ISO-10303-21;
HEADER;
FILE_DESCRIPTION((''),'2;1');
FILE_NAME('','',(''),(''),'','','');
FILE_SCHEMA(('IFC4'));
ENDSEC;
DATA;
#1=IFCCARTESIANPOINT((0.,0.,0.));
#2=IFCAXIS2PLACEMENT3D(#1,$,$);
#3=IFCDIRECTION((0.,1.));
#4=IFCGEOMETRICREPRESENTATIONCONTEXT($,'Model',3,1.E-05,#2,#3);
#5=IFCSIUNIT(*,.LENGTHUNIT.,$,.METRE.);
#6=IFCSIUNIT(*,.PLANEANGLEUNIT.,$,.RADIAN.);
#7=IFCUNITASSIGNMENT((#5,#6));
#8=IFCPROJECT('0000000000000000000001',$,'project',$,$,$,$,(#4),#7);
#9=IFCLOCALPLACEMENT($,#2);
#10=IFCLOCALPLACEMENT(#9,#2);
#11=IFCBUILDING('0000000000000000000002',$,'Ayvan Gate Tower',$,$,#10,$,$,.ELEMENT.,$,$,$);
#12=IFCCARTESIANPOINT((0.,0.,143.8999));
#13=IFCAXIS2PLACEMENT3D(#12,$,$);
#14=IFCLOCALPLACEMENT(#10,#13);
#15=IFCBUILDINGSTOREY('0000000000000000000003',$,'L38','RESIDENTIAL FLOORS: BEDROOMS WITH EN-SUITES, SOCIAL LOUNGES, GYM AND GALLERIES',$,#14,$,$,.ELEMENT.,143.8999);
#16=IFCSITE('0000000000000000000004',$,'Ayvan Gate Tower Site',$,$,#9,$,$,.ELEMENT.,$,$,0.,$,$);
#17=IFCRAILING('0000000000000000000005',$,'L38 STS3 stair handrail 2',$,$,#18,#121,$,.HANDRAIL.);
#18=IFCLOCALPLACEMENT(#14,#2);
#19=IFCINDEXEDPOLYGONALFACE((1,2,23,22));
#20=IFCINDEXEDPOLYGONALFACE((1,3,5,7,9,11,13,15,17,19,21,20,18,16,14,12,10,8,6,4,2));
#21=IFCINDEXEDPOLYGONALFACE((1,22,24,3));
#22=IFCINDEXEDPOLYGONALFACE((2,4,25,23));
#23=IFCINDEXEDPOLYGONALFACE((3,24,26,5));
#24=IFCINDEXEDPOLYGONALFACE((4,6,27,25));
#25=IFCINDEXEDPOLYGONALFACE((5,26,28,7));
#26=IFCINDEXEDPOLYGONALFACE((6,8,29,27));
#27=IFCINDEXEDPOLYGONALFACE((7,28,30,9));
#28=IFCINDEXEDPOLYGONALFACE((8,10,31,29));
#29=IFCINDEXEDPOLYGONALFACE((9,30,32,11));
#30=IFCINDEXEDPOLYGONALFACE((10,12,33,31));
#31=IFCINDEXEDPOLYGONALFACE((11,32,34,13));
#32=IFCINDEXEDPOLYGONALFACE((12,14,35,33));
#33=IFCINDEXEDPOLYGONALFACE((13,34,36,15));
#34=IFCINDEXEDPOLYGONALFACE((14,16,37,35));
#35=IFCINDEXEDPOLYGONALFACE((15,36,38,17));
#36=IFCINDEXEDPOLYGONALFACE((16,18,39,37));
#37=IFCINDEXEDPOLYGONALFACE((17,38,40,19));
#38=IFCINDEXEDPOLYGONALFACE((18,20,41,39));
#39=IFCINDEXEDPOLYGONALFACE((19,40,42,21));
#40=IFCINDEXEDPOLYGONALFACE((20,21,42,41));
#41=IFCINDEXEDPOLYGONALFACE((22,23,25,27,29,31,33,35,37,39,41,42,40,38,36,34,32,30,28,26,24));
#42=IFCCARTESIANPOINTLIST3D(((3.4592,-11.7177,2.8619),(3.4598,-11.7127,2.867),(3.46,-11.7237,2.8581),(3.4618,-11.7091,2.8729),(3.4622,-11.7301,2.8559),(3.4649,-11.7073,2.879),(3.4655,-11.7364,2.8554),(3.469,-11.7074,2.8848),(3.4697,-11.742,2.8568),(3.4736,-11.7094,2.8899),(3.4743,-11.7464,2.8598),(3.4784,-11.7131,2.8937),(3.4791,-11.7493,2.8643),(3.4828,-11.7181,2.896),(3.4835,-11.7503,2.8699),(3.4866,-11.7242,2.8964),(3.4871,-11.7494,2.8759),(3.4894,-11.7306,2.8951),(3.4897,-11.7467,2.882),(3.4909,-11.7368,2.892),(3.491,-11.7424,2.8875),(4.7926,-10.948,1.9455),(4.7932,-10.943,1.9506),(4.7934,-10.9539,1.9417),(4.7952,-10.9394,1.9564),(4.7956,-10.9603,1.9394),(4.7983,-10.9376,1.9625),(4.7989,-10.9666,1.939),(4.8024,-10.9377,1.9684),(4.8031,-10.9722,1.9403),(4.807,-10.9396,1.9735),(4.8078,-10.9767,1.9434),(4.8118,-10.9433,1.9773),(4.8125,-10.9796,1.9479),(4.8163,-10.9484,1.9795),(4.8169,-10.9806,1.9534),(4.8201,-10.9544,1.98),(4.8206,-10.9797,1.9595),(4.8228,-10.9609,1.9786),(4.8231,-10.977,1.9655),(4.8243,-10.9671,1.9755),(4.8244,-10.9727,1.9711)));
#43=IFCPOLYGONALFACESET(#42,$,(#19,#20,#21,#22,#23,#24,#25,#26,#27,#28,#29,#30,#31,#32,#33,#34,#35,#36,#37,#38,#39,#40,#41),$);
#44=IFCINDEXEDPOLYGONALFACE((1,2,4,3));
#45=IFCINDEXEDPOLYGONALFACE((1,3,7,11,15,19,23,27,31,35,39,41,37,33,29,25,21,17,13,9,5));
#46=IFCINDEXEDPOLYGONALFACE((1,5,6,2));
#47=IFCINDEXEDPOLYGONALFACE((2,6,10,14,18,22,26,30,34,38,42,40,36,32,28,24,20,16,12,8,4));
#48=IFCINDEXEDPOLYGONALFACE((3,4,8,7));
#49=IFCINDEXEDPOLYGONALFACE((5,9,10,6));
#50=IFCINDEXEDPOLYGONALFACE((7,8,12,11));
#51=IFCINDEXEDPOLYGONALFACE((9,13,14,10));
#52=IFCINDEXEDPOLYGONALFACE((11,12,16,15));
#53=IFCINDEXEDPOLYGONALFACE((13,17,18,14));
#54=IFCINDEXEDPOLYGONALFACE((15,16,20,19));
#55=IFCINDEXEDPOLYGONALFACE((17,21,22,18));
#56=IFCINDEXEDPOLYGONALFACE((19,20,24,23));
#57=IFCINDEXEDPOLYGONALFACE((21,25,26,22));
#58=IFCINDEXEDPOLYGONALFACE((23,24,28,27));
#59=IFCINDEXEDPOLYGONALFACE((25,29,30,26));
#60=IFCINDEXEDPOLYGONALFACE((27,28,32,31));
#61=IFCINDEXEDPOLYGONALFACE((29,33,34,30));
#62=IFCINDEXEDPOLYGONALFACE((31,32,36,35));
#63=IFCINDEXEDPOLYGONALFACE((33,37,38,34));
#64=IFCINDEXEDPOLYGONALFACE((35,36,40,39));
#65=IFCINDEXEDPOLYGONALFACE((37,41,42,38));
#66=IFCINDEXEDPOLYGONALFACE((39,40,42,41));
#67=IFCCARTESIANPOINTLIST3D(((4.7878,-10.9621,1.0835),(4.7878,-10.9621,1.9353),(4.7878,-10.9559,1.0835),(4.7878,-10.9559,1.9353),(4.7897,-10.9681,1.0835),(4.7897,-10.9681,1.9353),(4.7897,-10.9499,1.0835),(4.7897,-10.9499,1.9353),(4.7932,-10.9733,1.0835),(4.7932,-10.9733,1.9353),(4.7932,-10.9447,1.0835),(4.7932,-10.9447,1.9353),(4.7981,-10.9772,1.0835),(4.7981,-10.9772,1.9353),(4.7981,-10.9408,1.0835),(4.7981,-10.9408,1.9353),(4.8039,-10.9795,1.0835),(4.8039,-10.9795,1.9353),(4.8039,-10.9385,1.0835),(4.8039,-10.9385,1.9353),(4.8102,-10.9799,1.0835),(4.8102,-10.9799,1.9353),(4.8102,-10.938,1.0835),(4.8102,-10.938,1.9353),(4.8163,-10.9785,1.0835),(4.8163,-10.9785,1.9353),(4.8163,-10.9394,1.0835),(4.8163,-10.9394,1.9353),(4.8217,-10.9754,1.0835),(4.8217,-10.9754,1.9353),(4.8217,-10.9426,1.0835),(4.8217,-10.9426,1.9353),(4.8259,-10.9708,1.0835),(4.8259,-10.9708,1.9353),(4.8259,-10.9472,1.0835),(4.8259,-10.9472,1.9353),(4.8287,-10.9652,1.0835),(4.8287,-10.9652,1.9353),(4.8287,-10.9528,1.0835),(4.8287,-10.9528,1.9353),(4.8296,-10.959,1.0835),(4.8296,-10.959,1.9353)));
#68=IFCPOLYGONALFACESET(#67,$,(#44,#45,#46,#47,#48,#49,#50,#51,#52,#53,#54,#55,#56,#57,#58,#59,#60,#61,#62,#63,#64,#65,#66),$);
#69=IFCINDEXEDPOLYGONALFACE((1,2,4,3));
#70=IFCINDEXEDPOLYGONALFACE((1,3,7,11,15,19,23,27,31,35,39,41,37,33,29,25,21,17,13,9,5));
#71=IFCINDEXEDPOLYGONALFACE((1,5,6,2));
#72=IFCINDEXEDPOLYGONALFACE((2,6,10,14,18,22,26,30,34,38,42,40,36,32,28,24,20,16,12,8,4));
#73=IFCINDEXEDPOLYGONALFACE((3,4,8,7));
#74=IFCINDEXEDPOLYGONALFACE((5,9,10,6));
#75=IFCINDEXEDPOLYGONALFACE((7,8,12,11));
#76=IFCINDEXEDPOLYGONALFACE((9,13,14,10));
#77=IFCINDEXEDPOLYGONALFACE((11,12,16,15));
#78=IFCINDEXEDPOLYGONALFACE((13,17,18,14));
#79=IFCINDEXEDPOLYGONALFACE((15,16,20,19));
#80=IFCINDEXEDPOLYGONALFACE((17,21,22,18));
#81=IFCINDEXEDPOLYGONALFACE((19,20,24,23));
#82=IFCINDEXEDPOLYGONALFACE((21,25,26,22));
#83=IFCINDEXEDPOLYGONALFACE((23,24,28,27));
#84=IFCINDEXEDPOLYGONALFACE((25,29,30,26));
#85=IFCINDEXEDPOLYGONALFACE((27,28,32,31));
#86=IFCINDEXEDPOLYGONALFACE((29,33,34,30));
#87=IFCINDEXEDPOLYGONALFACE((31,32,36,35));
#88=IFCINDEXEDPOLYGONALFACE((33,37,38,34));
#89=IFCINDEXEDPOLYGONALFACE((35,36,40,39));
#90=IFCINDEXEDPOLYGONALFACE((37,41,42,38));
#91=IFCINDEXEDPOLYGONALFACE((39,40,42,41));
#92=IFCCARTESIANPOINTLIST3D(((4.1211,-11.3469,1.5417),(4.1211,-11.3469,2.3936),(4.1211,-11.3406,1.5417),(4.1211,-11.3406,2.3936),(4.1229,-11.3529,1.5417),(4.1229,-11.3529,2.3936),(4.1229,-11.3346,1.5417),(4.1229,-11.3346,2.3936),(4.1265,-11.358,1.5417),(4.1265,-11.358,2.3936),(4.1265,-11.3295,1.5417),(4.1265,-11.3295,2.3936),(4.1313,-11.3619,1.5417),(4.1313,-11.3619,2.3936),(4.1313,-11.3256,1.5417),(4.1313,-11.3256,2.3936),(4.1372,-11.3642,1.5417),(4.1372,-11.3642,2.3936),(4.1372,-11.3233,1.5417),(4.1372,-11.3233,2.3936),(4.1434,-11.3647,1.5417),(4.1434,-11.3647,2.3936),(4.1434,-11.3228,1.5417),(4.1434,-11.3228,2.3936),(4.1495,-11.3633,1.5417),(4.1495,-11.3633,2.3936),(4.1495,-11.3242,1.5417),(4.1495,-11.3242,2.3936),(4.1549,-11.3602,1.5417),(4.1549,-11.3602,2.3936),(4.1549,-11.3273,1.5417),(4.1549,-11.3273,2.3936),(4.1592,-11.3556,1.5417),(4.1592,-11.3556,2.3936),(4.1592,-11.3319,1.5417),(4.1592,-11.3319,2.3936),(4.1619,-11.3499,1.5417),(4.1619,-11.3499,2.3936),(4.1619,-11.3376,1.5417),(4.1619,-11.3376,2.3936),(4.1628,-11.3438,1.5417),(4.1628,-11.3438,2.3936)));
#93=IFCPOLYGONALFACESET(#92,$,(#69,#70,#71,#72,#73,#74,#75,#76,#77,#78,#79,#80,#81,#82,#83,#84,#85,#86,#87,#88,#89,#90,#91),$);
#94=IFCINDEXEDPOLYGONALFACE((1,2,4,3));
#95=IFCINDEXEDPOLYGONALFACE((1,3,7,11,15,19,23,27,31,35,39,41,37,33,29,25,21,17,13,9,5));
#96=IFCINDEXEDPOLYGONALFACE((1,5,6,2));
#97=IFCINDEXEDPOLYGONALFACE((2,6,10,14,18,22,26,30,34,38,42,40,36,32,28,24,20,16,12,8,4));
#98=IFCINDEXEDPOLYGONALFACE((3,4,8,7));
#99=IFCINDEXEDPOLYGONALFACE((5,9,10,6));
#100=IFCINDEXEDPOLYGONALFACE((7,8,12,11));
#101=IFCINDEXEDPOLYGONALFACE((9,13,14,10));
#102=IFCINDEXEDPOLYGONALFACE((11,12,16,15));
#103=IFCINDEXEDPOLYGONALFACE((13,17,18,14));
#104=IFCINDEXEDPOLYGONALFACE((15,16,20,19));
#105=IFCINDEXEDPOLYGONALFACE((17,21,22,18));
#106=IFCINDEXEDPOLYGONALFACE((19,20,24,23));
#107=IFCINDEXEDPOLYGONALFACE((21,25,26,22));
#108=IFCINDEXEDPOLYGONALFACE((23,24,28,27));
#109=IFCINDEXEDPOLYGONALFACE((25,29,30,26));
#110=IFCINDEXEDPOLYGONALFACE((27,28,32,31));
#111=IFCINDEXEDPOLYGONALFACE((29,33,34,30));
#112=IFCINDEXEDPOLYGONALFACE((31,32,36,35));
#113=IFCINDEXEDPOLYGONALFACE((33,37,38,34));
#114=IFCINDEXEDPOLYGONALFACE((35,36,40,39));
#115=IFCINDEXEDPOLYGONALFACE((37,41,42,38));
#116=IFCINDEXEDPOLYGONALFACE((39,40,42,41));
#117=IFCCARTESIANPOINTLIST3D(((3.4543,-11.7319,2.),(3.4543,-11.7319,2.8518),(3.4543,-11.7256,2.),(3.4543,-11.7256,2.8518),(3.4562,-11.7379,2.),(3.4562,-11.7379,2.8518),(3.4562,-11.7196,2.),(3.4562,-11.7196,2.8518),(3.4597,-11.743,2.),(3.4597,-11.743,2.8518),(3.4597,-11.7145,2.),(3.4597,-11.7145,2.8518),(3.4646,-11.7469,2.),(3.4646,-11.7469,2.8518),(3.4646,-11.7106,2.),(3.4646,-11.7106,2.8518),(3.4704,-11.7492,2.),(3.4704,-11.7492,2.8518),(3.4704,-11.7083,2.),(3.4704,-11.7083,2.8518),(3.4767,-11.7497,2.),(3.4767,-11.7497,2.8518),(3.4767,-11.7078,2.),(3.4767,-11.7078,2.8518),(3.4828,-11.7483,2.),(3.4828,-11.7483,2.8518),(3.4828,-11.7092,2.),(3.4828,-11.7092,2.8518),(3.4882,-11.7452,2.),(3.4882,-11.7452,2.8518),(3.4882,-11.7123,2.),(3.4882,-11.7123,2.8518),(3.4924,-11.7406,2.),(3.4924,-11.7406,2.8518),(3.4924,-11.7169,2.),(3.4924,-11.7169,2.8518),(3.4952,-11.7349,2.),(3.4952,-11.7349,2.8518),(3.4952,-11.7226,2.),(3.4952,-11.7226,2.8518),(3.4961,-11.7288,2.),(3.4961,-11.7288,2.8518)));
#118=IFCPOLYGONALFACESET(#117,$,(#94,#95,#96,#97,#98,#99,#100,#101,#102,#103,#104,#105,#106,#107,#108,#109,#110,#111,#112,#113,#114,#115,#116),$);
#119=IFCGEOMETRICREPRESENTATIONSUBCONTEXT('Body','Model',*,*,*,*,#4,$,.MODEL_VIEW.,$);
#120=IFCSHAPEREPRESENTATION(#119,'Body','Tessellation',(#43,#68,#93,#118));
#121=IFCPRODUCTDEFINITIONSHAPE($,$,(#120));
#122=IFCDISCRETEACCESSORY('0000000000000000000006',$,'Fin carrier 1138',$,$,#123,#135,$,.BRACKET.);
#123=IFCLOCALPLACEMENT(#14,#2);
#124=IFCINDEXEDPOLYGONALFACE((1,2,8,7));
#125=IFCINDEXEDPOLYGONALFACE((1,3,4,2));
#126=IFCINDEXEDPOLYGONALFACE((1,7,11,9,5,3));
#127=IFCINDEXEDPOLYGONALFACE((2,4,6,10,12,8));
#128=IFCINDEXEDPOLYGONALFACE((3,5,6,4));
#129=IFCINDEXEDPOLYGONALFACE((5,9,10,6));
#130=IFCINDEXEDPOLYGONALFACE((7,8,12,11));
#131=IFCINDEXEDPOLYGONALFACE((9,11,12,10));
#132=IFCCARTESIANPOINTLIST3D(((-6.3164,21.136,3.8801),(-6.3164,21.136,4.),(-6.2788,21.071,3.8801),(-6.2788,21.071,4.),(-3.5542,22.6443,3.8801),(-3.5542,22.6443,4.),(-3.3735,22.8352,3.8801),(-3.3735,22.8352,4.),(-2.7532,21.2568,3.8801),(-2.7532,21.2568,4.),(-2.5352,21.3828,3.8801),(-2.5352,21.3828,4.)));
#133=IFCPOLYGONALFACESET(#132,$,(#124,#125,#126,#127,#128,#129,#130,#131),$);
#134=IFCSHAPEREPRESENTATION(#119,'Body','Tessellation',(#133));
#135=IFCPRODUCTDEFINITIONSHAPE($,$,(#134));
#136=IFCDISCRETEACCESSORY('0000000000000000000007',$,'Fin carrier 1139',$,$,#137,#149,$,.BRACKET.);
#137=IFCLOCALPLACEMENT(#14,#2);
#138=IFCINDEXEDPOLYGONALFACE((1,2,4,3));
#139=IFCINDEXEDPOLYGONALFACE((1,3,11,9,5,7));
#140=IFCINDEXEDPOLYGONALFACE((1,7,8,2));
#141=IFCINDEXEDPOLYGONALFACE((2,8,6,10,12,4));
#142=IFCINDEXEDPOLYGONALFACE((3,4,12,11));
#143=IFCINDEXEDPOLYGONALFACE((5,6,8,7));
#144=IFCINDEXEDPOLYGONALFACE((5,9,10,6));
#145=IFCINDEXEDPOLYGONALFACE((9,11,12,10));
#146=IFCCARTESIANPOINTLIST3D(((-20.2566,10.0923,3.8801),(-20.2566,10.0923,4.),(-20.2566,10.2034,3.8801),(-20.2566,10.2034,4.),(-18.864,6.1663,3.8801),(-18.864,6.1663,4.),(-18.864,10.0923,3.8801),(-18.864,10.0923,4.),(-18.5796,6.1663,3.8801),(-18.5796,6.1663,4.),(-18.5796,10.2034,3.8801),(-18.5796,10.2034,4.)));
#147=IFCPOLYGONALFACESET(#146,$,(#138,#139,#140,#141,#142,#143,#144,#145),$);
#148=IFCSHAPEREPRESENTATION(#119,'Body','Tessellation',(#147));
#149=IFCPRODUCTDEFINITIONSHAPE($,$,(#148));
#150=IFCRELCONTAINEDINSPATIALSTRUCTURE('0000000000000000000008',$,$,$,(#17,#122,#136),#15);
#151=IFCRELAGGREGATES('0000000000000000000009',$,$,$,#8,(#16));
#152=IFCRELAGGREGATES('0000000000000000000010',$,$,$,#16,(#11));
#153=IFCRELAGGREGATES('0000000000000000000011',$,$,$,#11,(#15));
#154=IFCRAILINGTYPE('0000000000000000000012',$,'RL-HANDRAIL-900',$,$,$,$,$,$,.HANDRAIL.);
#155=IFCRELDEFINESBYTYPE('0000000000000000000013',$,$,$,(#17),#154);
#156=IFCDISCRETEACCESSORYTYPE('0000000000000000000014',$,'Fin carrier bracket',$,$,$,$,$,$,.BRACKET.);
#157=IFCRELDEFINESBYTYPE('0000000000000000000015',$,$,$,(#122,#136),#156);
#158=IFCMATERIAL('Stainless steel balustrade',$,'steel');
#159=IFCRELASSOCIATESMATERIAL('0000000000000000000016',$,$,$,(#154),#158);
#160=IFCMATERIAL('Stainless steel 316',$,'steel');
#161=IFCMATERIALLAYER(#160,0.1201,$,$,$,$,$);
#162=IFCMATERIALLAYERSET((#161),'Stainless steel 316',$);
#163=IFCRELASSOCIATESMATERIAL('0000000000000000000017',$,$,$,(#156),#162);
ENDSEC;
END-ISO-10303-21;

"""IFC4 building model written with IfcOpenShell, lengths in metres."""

from ifc_helpers import new_model, si_unit, direction, frame, origin, origin_2d, place, context, subcontext, project, spatial, polyline, circle, outline, extrude, material, layer, layer_set, type_object, element, save


model = new_model("IFC4")

# Units and contexts
model_context = context("Model", 3, precision=1e-05, world=origin(), true_north=direction((0.0, 1.0)))
body_context = subcontext(model_context, "Body", "Model", "MODEL_VIEW")
ifc_project = project(units=[si_unit("LENGTHUNIT", "METRE"), si_unit("PLANEANGLEUNIT", "RADIAN")], contexts=[model_context])

# Site, building, storey
site_placement = place(None, origin())
site = spatial("IfcSite", under=ifc_project, at=site_placement, Name="Ayvan Gate Tower Site", CompositionType="ELEMENT", RefElevation=0.0)
building_placement = place(site_placement, origin())
building = spatial("IfcBuilding", under=site, at=building_placement, Name="Ayvan Gate Tower", CompositionType="ELEMENT")
storey_placement = place(building_placement, frame((0.0, 0.0, 143.8999)))
storey = spatial("IfcBuildingStorey", under=building, at=storey_placement, Name="L38", Description="RESIDENTIAL FLOORS: BEDROOMS WITH EN-SUITES, SOCIAL LOUNGES, GYM AND GALLERIES", CompositionType="ELEMENT", Elevation=143.8999)

# Railing
ifc_material_1 = material(Name="Stainless steel balustrade", Category="steel")
railing_type_1 = type_object("IfcRailingType", Name="RL-HANDRAIL-900", PredefinedType="HANDRAIL", material=ifc_material_1)
railing_1_placement = place(storey_placement, frame((4.8086, -10.959, 1.0835)))
element("IfcRailing", 1, at=railing_1_placement, inside=storey, type_object=railing_type_1, Name="L38 STS3 stair handrail 2", PredefinedType="HANDRAIL", context=body_context, shape_type="SweptSolid", body=[
    extrude(circle(Radius=0.0239, at=origin_2d()), frame((0.0, 0.0, 0.876), z_axis=(-0.744199, -0.429597, 0.511483), x_axis=(0.499942, -0.866059, 0.0)), (0.0, 0.0, 1.0), 1.7917),
    extrude(circle(Radius=0.021, at=origin_2d()), origin(), (0.0, 0.0, 1.0), 0.8518),
    extrude(circle(Radius=0.021, at=origin_2d()), frame((-0.6667, -0.3848, 0.4583)), (0.0, 0.0, 1.0), 0.8518),
    extrude(circle(Radius=0.021, at=origin_2d()), frame((-1.3335, -0.7698, 0.9165)), (0.0, 0.0, 1.0), 0.8518),
])

# Discrete accessories
ifc_material_2 = material(Name="Stainless steel 316", Category="steel")
ifc_layer_1 = layer(ifc_material_2, 0.1201)
ifc_layer_set_1 = layer_set([ifc_layer_1], Name="Stainless steel 316")
discrete_accessory_type = type_object("IfcDiscreteAccessoryType", Name="Fin carrier bracket", PredefinedType="BRACKET", material=ifc_layer_set_1)
discrete_accessory_1_placement = place(storey_placement, frame((0.0, 0.0, 3.8801)))
element("IfcDiscreteAccessory", 2, at=discrete_accessory_1_placement, inside=storey, type_object=discrete_accessory_type, Name="Fin carrier 1138", PredefinedType="BRACKET", context=body_context, shape_type="SweptSolid", body=[
    extrude(outline(polyline([(-6.3164, 21.136), (-3.3735, 22.8352), (-2.5352, 21.3828), (-2.7532, 21.2568), (-3.5542, 22.6443), (-6.2788, 21.071), (-6.3164, 21.136)])), origin(), (0.0, 0.0, 1.0), 0.1199),
])
discrete_accessory_2_placement = place(storey_placement, frame((0.0, 0.0, 3.8801)))
element("IfcDiscreteAccessory", 3, at=discrete_accessory_2_placement, inside=storey, type_object=discrete_accessory_type, Name="Fin carrier 1139", PredefinedType="BRACKET", context=body_context, shape_type="SweptSolid", body=[
    extrude(outline(polyline([(-20.2566, 10.2034), (-18.5796, 10.2034), (-18.5796, 6.1663), (-18.864, 6.1663), (-18.864, 10.0923), (-20.2566, 10.0923), (-20.2566, 10.2034)])), origin(), (0.0, 0.0, 1.0), 0.1199),
])

save(model, "model.ifc")
